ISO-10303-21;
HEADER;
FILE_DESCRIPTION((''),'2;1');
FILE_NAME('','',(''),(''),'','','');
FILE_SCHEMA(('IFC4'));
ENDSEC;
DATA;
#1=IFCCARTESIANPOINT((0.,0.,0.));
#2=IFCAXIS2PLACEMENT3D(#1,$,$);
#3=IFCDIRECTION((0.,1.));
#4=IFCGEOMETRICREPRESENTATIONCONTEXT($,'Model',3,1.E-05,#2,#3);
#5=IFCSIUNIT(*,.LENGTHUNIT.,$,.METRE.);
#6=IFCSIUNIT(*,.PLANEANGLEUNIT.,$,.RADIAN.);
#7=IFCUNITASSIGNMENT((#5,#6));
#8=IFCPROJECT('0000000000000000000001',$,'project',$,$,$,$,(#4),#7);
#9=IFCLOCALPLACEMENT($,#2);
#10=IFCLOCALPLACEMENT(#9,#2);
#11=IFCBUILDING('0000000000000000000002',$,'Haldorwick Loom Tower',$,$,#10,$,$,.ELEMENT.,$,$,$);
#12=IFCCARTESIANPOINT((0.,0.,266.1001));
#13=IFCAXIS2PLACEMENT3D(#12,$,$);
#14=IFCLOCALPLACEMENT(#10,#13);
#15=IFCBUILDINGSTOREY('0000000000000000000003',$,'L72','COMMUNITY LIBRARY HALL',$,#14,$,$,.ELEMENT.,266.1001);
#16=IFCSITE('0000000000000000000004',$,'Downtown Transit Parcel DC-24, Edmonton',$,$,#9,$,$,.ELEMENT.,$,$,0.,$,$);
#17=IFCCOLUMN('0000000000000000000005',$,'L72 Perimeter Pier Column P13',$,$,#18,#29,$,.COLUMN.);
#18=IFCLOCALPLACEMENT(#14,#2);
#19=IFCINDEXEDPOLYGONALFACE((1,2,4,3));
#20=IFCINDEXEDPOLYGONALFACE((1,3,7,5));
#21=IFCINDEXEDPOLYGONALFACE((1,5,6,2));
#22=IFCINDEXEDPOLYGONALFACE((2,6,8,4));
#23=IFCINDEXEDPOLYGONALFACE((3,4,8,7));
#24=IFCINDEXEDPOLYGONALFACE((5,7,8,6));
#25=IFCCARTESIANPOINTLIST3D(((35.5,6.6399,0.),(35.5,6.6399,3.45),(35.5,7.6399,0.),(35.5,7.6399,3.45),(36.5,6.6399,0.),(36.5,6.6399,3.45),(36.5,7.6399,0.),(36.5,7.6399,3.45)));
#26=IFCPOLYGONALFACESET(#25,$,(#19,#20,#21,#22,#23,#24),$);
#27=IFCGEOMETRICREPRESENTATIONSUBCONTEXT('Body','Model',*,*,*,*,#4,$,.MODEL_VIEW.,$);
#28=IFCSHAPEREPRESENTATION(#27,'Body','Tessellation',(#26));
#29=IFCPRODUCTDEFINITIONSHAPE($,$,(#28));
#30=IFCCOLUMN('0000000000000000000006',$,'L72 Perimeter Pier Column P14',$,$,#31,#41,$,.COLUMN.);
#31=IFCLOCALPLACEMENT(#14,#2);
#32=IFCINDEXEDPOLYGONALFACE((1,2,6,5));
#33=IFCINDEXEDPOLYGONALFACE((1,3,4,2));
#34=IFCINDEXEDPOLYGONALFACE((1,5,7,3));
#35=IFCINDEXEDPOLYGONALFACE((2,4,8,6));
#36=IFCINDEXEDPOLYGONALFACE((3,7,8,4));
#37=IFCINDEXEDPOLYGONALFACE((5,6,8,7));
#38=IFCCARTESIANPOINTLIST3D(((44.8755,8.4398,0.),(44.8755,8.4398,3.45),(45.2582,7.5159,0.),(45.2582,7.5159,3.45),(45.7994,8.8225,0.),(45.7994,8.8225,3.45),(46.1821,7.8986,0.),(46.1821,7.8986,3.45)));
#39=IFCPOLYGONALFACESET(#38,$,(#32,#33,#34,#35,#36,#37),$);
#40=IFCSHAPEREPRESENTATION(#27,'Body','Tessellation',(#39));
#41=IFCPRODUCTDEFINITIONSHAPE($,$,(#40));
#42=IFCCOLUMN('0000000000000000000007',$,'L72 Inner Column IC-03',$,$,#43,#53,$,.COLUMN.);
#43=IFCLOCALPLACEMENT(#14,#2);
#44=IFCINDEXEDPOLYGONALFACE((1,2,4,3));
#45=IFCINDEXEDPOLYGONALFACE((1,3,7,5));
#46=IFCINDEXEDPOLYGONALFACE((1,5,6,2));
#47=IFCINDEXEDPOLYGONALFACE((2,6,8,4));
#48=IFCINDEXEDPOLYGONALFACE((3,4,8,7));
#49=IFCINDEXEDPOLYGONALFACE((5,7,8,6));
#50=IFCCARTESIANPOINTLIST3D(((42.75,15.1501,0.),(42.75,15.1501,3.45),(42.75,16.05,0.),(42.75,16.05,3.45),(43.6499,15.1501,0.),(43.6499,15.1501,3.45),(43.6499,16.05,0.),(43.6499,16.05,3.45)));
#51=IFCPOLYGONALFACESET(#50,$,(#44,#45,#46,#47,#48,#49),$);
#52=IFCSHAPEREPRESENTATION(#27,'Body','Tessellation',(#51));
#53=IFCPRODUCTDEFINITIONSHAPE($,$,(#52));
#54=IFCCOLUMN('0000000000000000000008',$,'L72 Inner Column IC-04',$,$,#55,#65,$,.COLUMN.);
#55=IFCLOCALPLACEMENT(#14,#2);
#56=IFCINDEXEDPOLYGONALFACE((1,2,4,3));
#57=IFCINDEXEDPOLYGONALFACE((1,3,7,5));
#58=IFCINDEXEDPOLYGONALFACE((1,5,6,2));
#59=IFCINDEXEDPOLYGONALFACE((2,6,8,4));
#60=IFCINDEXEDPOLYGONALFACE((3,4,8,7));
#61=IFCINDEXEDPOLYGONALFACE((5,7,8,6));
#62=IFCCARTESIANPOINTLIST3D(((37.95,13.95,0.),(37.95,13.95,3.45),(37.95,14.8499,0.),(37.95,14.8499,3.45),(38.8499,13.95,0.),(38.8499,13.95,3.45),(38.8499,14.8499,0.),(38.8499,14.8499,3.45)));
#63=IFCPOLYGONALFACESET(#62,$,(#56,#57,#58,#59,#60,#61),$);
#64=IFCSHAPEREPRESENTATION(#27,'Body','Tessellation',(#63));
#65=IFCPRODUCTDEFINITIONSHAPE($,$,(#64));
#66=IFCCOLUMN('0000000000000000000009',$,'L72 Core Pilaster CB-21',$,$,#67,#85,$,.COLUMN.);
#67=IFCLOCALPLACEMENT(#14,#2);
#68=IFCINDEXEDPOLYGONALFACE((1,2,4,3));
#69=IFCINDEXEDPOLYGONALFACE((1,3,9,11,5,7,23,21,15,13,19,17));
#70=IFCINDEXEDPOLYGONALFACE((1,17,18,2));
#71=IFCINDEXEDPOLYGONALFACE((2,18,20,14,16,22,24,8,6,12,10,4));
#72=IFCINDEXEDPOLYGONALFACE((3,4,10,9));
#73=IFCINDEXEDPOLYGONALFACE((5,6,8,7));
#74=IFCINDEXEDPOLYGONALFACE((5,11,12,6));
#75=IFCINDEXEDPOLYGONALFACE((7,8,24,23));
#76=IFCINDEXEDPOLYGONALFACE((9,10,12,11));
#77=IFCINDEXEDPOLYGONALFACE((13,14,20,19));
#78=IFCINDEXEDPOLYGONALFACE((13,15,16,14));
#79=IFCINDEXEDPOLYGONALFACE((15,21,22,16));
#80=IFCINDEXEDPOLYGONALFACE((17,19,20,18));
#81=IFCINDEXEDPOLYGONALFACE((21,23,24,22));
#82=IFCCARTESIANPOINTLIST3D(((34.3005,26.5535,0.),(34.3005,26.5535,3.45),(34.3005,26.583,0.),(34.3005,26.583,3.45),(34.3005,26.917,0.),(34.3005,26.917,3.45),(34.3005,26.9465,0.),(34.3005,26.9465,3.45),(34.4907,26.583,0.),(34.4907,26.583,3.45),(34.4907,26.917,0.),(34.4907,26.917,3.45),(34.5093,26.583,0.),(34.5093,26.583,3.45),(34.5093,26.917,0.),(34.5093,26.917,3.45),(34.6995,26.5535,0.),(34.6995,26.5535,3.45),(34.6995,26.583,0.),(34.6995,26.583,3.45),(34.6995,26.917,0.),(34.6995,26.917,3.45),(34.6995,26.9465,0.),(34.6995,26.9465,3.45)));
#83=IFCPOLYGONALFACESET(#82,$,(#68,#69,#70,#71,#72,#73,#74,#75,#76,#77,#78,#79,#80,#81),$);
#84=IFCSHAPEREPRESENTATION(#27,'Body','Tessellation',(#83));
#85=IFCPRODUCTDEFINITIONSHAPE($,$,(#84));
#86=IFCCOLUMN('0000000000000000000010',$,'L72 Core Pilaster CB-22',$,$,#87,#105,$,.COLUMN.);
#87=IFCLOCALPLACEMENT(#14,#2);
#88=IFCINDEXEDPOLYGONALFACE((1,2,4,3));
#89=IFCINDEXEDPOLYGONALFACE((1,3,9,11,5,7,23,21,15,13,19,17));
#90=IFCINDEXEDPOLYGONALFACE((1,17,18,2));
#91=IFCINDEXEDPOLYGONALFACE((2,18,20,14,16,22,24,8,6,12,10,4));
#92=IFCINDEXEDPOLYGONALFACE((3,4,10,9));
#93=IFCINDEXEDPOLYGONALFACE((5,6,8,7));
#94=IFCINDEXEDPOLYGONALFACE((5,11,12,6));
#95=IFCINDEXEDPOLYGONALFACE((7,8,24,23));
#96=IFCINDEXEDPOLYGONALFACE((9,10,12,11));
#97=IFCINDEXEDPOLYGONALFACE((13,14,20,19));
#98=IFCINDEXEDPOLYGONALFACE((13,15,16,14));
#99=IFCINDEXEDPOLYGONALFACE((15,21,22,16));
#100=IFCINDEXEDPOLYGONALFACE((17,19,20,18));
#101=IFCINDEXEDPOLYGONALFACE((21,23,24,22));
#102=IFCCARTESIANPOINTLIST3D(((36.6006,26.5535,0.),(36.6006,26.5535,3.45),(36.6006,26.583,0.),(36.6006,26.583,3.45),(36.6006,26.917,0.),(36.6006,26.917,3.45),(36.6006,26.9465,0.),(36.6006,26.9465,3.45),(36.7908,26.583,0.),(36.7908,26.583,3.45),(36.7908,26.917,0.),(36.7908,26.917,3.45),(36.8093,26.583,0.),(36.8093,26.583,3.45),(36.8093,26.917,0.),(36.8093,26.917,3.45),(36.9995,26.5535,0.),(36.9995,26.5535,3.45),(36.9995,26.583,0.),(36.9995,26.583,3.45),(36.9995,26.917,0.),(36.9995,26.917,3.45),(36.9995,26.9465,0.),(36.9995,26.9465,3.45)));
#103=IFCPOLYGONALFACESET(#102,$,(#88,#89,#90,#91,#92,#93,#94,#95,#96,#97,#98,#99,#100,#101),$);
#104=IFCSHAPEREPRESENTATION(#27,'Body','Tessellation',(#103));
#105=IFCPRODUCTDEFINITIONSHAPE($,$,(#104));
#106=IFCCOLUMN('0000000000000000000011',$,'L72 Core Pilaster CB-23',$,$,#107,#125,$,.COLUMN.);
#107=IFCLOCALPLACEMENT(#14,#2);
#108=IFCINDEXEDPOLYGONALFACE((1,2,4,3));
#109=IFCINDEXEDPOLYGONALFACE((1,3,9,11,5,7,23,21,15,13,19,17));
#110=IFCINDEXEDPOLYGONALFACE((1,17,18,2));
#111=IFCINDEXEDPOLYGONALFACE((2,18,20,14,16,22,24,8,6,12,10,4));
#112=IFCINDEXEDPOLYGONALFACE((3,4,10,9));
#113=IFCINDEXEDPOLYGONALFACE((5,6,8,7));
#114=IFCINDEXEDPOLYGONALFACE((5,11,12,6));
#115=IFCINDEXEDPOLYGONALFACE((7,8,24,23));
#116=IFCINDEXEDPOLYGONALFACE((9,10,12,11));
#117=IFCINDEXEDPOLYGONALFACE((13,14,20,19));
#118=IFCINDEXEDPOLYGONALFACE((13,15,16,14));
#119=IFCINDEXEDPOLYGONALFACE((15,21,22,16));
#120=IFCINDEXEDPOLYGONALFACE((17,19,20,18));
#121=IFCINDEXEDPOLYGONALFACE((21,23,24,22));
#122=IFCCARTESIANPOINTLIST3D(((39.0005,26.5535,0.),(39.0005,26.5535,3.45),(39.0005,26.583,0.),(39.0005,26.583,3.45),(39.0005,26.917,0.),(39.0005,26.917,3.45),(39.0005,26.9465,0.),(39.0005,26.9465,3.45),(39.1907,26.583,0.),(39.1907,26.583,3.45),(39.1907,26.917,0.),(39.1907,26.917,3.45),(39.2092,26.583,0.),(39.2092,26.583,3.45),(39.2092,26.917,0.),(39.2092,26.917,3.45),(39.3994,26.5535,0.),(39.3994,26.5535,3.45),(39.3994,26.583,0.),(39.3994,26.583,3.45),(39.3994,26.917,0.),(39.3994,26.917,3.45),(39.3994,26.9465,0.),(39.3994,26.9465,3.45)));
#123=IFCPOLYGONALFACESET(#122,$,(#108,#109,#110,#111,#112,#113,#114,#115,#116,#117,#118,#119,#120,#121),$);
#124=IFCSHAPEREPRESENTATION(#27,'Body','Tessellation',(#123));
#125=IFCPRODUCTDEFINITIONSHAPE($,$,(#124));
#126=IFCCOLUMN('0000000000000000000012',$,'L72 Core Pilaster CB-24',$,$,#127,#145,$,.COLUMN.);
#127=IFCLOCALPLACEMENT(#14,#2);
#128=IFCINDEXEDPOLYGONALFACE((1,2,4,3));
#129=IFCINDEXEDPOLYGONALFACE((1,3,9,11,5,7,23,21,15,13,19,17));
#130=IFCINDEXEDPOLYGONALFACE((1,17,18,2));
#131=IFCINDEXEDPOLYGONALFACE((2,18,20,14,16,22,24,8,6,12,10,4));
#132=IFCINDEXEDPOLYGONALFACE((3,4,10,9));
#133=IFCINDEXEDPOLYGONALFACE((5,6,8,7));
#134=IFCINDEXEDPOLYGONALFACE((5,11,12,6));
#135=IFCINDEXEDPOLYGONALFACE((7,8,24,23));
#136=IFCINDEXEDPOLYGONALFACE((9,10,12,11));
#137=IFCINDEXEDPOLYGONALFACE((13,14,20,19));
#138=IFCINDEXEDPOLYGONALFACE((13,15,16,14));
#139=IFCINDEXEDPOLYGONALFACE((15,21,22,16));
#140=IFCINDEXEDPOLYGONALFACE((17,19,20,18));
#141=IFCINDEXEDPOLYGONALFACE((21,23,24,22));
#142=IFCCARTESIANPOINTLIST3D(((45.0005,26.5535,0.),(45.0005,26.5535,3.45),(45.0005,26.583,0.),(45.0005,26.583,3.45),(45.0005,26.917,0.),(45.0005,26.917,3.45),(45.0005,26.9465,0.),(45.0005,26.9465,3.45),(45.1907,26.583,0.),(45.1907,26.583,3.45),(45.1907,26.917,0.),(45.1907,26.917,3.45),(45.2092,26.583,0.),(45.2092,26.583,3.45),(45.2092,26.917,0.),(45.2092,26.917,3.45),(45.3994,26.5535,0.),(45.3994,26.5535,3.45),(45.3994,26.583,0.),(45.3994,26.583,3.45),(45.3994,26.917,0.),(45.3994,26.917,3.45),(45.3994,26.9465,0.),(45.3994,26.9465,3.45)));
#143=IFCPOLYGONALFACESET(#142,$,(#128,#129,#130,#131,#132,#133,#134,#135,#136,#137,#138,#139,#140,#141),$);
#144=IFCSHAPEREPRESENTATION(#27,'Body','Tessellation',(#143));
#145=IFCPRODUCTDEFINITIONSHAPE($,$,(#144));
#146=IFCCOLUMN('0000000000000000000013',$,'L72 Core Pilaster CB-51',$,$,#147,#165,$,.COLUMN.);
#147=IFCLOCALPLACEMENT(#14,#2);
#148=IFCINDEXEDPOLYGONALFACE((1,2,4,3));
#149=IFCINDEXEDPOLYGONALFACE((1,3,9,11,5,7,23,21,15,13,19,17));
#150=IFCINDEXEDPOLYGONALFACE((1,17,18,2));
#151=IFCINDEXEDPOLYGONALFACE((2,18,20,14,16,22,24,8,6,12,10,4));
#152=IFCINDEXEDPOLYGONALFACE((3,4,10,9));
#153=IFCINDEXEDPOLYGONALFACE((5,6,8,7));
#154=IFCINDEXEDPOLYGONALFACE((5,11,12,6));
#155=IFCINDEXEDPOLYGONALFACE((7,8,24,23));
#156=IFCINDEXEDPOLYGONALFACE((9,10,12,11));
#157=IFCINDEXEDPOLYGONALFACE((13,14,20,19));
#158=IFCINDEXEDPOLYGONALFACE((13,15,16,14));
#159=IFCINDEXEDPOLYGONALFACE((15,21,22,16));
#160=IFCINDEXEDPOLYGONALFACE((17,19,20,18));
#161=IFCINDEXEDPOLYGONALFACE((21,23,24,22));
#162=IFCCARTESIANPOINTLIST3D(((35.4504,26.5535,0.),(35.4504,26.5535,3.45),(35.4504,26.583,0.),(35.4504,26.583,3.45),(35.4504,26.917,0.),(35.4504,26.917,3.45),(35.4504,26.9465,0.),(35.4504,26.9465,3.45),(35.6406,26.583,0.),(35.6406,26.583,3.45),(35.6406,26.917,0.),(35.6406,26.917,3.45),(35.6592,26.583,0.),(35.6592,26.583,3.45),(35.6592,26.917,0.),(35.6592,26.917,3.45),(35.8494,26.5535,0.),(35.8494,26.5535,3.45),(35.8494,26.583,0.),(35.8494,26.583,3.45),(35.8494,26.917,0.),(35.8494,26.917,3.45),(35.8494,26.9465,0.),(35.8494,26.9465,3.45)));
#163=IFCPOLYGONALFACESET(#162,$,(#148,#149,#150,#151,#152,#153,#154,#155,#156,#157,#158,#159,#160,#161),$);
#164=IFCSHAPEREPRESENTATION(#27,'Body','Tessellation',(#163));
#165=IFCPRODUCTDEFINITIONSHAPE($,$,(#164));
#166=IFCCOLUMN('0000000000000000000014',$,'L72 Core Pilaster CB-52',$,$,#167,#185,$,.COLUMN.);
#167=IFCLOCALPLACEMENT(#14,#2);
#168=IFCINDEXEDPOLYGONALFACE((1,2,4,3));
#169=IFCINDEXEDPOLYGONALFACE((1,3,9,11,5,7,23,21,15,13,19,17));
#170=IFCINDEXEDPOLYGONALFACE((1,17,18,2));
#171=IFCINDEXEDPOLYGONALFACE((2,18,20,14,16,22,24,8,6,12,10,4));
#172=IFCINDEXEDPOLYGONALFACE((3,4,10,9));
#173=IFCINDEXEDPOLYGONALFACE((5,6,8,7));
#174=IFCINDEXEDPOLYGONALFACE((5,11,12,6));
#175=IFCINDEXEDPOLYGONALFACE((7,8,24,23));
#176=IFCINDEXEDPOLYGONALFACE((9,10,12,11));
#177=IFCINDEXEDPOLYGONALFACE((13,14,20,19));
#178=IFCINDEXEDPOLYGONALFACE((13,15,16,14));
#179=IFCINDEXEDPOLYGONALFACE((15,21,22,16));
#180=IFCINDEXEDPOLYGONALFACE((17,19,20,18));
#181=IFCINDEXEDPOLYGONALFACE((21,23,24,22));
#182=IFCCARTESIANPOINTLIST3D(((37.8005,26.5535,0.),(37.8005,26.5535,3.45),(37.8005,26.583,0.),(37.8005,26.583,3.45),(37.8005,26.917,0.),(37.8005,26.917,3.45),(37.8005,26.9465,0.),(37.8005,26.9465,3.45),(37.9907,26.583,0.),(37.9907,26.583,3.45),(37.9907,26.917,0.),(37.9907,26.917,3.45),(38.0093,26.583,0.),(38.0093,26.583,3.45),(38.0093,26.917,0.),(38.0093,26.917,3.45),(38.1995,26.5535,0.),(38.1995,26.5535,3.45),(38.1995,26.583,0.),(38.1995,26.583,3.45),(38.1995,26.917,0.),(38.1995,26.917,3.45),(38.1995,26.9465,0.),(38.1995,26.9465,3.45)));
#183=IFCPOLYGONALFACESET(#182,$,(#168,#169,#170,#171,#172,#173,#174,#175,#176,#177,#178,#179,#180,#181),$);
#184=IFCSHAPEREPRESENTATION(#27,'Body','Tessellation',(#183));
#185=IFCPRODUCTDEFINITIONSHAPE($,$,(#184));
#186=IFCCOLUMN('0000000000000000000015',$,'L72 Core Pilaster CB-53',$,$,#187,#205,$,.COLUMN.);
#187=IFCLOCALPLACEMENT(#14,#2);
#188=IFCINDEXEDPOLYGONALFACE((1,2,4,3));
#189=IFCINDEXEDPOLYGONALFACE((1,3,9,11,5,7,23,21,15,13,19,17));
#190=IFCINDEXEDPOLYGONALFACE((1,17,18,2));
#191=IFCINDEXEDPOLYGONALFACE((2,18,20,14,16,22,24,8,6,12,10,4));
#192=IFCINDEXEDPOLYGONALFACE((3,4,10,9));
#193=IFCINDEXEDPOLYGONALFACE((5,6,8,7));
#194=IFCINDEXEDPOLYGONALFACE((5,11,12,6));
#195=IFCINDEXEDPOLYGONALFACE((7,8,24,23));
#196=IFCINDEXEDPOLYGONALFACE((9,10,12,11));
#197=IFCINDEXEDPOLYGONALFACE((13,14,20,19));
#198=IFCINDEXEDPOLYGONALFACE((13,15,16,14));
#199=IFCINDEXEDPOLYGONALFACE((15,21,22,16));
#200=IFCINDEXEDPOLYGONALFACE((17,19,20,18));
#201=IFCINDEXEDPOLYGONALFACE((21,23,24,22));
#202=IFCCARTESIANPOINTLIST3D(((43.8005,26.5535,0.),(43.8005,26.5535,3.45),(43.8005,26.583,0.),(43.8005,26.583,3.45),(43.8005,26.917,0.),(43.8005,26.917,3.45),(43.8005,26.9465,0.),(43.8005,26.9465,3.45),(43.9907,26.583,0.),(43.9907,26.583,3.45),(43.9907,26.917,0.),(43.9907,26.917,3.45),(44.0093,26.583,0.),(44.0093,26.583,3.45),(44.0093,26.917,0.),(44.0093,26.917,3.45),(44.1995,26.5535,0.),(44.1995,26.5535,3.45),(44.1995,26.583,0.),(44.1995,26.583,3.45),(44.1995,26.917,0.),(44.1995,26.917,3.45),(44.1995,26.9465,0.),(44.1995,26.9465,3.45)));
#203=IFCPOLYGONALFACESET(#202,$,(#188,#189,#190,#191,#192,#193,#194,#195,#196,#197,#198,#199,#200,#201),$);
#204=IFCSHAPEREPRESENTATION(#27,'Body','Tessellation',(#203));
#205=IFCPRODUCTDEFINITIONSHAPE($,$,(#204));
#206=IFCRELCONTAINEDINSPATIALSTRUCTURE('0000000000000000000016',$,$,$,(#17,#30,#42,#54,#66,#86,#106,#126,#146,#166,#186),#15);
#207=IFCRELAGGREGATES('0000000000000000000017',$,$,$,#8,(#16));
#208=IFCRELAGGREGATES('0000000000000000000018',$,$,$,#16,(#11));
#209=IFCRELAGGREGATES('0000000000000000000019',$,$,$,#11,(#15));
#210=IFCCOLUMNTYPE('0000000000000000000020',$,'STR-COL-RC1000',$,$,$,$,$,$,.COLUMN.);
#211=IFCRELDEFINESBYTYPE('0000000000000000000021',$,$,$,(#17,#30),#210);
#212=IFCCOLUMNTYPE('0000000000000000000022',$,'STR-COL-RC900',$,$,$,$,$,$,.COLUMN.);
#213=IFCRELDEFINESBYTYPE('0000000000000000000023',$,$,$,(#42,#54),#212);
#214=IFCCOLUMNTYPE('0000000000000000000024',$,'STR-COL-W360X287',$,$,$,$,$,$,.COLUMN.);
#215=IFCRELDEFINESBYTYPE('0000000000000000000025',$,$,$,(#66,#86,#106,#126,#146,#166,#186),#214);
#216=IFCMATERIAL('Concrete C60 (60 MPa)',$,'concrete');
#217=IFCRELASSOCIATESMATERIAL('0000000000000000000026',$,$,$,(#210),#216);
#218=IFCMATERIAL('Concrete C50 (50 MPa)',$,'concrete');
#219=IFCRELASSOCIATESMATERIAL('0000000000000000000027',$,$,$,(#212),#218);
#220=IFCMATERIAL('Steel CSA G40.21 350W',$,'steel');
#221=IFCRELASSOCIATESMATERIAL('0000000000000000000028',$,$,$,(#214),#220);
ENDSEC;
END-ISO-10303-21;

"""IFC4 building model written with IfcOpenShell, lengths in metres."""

from ifc_helpers import new_model, si_unit, direction, frame, origin, origin_2d, place, context, subcontext, project, spatial, rectangle, i_section, extrude, material, material_profile, profile_set, type_object, element, save


model = new_model("IFC4")

# Units and contexts
model_context = context("Model", 3, precision=1e-05, world=origin(), true_north=direction((0.0, 1.0)))
body_context = subcontext(model_context, "Body", "Model", "MODEL_VIEW")
ifc_project = project(units=[si_unit("LENGTHUNIT", "METRE"), si_unit("PLANEANGLEUNIT", "RADIAN")], contexts=[model_context])

# Site, building, storey
site_placement = place(None, origin())
site = spatial("IfcSite", under=ifc_project, at=site_placement, Name="Downtown Transit Parcel DC-24, Edmonton", CompositionType="ELEMENT", RefElevation=0.0)
building_placement = place(site_placement, origin())
building = spatial("IfcBuilding", under=site, at=building_placement, Name="Haldorwick Loom Tower", CompositionType="ELEMENT")
storey_placement = place(building_placement, frame((0.0, 0.0, 266.1001)))
storey = spatial("IfcBuildingStorey", under=building, at=storey_placement, Name="L72", Description="COMMUNITY LIBRARY HALL", CompositionType="ELEMENT", Elevation=266.1001)

# Columns
ifc_material_1 = material(Name="Concrete C60 (60 MPa)", Category="concrete")
ifc_material_profile_1 = material_profile(ifc_material_1, rectangle(XDim=1.0, YDim=1.0, at=origin_2d()), Name="RC1000X1000", Category="concrete")
ifc_profile_set_1 = profile_set([ifc_material_profile_1], Name="Concrete C60 (60 MPa)")
column_type_1 = type_object("IfcColumnType", Name="STR-COL-RC1000", PredefinedType="COLUMN", material=ifc_profile_set_1)
for number, where, z_axis, x_axis, name in (
    (1, (36.0, 7.1399, 0.0), (0.0, 0.0, 1.0), (0.0, -1.0, 0.0), "L72 Perimeter Pier Column P13"),
    (2, (45.5288, 8.1692, 0.0), (0.0, 0.0, 1.0), (0.382683, -0.92388, 0.0), "L72 Perimeter Pier Column P14"),
):
    element("IfcColumn", number, at=place(storey_placement, frame(where, z_axis=z_axis, x_axis=x_axis)), inside=storey, type_object=column_type_1, Name=name, PredefinedType="COLUMN", context=body_context, shape_type="SweptSolid", body=[
        extrude(rectangle(XDim=1.0, YDim=1.0, at=origin_2d()), origin(), (0.0, 0.0, 1.0), 3.45),
    ])
ifc_material_2 = material(Name="Concrete C50 (50 MPa)", Category="concrete")
ifc_material_profile_2 = material_profile(ifc_material_2, rectangle(XDim=0.8999, YDim=0.8999, at=origin_2d()), Name="RC900X900", Category="concrete")
ifc_profile_set_2 = profile_set([ifc_material_profile_2], Name="Concrete C50 (50 MPa)")
column_type_2 = type_object("IfcColumnType", Name="STR-COL-RC900", PredefinedType="COLUMN", material=ifc_profile_set_2)
for number, where, z_axis, x_axis, name in (
    (3, (43.2, 15.6001, 0.0), (0.0, 0.0, 1.0), (1.0, 0.0, 0.0), "L72 Inner Column IC-03"),
    (4, (38.3999, 14.3999, 0.0), (0.0, 0.0, 1.0), (1.0, 0.0, 0.0), "L72 Inner Column IC-04"),
):
    element("IfcColumn", number, at=place(storey_placement, frame(where, z_axis=z_axis, x_axis=x_axis)), inside=storey, type_object=column_type_2, Name=name, PredefinedType="COLUMN", context=body_context, shape_type="SweptSolid", body=[
        extrude(rectangle(XDim=0.8999, YDim=0.8999, at=origin_2d()), origin(), (0.0, 0.0, 1.0), 3.45),
    ])
ifc_material_3 = material(Name="Steel CSA G40.21 350W", Category="steel")
ifc_material_profile_3 = material_profile(ifc_material_3, i_section(OverallWidth=0.3989, OverallDepth=0.3931, WebThickness=0.0186, FlangeThickness=0.0295, at=origin_2d()), Name="W360X287", Category="steel")
ifc_profile_set_3 = profile_set([ifc_material_profile_3], Name="Steel CSA G40.21 350W")
column_type_3 = type_object("IfcColumnType", Name="STR-COL-W360X287", PredefinedType="COLUMN", material=ifc_profile_set_3)
for number, where, z_axis, x_axis, name in (
    (5, (34.5, 26.75, 0.0), (0.0, 0.0, 1.0), (1.0, 0.0, 0.0), "L72 Core Pilaster CB-21"),
    (6, (36.8, 26.75, 0.0), (0.0, 0.0, 1.0), (1.0, 0.0, 0.0), "L72 Core Pilaster CB-22"),
    (7, (39.2, 26.75, 0.0), (0.0, 0.0, 1.0), (1.0, 0.0, 0.0), "L72 Core Pilaster CB-23"),
    (8, (45.2, 26.75, 0.0), (0.0, 0.0, 1.0), (1.0, 0.0, 0.0), "L72 Core Pilaster CB-24"),
    (9, (35.6499, 26.75, 0.0), (0.0, 0.0, 1.0), (1.0, 0.0, 0.0), "L72 Core Pilaster CB-51"),
    (10, (38.0, 26.75, 0.0), (0.0, 0.0, 1.0), (1.0, 0.0, 0.0), "L72 Core Pilaster CB-52"),
    (11, (44.0, 26.75, 0.0), (0.0, 0.0, 1.0), (1.0, 0.0, 0.0), "L72 Core Pilaster CB-53"),
):
    element("IfcColumn", number, at=place(storey_placement, frame(where, z_axis=z_axis, x_axis=x_axis)), inside=storey, type_object=column_type_3, Name=name, PredefinedType="COLUMN", context=body_context, shape_type="SweptSolid", body=[
        extrude(i_section(OverallWidth=0.3989, OverallDepth=0.3931, WebThickness=0.0186, FlangeThickness=0.0295, at=origin_2d()), origin(), (0.0, 0.0, 1.0), 3.45),
    ])

save(model, "model.ifc")
